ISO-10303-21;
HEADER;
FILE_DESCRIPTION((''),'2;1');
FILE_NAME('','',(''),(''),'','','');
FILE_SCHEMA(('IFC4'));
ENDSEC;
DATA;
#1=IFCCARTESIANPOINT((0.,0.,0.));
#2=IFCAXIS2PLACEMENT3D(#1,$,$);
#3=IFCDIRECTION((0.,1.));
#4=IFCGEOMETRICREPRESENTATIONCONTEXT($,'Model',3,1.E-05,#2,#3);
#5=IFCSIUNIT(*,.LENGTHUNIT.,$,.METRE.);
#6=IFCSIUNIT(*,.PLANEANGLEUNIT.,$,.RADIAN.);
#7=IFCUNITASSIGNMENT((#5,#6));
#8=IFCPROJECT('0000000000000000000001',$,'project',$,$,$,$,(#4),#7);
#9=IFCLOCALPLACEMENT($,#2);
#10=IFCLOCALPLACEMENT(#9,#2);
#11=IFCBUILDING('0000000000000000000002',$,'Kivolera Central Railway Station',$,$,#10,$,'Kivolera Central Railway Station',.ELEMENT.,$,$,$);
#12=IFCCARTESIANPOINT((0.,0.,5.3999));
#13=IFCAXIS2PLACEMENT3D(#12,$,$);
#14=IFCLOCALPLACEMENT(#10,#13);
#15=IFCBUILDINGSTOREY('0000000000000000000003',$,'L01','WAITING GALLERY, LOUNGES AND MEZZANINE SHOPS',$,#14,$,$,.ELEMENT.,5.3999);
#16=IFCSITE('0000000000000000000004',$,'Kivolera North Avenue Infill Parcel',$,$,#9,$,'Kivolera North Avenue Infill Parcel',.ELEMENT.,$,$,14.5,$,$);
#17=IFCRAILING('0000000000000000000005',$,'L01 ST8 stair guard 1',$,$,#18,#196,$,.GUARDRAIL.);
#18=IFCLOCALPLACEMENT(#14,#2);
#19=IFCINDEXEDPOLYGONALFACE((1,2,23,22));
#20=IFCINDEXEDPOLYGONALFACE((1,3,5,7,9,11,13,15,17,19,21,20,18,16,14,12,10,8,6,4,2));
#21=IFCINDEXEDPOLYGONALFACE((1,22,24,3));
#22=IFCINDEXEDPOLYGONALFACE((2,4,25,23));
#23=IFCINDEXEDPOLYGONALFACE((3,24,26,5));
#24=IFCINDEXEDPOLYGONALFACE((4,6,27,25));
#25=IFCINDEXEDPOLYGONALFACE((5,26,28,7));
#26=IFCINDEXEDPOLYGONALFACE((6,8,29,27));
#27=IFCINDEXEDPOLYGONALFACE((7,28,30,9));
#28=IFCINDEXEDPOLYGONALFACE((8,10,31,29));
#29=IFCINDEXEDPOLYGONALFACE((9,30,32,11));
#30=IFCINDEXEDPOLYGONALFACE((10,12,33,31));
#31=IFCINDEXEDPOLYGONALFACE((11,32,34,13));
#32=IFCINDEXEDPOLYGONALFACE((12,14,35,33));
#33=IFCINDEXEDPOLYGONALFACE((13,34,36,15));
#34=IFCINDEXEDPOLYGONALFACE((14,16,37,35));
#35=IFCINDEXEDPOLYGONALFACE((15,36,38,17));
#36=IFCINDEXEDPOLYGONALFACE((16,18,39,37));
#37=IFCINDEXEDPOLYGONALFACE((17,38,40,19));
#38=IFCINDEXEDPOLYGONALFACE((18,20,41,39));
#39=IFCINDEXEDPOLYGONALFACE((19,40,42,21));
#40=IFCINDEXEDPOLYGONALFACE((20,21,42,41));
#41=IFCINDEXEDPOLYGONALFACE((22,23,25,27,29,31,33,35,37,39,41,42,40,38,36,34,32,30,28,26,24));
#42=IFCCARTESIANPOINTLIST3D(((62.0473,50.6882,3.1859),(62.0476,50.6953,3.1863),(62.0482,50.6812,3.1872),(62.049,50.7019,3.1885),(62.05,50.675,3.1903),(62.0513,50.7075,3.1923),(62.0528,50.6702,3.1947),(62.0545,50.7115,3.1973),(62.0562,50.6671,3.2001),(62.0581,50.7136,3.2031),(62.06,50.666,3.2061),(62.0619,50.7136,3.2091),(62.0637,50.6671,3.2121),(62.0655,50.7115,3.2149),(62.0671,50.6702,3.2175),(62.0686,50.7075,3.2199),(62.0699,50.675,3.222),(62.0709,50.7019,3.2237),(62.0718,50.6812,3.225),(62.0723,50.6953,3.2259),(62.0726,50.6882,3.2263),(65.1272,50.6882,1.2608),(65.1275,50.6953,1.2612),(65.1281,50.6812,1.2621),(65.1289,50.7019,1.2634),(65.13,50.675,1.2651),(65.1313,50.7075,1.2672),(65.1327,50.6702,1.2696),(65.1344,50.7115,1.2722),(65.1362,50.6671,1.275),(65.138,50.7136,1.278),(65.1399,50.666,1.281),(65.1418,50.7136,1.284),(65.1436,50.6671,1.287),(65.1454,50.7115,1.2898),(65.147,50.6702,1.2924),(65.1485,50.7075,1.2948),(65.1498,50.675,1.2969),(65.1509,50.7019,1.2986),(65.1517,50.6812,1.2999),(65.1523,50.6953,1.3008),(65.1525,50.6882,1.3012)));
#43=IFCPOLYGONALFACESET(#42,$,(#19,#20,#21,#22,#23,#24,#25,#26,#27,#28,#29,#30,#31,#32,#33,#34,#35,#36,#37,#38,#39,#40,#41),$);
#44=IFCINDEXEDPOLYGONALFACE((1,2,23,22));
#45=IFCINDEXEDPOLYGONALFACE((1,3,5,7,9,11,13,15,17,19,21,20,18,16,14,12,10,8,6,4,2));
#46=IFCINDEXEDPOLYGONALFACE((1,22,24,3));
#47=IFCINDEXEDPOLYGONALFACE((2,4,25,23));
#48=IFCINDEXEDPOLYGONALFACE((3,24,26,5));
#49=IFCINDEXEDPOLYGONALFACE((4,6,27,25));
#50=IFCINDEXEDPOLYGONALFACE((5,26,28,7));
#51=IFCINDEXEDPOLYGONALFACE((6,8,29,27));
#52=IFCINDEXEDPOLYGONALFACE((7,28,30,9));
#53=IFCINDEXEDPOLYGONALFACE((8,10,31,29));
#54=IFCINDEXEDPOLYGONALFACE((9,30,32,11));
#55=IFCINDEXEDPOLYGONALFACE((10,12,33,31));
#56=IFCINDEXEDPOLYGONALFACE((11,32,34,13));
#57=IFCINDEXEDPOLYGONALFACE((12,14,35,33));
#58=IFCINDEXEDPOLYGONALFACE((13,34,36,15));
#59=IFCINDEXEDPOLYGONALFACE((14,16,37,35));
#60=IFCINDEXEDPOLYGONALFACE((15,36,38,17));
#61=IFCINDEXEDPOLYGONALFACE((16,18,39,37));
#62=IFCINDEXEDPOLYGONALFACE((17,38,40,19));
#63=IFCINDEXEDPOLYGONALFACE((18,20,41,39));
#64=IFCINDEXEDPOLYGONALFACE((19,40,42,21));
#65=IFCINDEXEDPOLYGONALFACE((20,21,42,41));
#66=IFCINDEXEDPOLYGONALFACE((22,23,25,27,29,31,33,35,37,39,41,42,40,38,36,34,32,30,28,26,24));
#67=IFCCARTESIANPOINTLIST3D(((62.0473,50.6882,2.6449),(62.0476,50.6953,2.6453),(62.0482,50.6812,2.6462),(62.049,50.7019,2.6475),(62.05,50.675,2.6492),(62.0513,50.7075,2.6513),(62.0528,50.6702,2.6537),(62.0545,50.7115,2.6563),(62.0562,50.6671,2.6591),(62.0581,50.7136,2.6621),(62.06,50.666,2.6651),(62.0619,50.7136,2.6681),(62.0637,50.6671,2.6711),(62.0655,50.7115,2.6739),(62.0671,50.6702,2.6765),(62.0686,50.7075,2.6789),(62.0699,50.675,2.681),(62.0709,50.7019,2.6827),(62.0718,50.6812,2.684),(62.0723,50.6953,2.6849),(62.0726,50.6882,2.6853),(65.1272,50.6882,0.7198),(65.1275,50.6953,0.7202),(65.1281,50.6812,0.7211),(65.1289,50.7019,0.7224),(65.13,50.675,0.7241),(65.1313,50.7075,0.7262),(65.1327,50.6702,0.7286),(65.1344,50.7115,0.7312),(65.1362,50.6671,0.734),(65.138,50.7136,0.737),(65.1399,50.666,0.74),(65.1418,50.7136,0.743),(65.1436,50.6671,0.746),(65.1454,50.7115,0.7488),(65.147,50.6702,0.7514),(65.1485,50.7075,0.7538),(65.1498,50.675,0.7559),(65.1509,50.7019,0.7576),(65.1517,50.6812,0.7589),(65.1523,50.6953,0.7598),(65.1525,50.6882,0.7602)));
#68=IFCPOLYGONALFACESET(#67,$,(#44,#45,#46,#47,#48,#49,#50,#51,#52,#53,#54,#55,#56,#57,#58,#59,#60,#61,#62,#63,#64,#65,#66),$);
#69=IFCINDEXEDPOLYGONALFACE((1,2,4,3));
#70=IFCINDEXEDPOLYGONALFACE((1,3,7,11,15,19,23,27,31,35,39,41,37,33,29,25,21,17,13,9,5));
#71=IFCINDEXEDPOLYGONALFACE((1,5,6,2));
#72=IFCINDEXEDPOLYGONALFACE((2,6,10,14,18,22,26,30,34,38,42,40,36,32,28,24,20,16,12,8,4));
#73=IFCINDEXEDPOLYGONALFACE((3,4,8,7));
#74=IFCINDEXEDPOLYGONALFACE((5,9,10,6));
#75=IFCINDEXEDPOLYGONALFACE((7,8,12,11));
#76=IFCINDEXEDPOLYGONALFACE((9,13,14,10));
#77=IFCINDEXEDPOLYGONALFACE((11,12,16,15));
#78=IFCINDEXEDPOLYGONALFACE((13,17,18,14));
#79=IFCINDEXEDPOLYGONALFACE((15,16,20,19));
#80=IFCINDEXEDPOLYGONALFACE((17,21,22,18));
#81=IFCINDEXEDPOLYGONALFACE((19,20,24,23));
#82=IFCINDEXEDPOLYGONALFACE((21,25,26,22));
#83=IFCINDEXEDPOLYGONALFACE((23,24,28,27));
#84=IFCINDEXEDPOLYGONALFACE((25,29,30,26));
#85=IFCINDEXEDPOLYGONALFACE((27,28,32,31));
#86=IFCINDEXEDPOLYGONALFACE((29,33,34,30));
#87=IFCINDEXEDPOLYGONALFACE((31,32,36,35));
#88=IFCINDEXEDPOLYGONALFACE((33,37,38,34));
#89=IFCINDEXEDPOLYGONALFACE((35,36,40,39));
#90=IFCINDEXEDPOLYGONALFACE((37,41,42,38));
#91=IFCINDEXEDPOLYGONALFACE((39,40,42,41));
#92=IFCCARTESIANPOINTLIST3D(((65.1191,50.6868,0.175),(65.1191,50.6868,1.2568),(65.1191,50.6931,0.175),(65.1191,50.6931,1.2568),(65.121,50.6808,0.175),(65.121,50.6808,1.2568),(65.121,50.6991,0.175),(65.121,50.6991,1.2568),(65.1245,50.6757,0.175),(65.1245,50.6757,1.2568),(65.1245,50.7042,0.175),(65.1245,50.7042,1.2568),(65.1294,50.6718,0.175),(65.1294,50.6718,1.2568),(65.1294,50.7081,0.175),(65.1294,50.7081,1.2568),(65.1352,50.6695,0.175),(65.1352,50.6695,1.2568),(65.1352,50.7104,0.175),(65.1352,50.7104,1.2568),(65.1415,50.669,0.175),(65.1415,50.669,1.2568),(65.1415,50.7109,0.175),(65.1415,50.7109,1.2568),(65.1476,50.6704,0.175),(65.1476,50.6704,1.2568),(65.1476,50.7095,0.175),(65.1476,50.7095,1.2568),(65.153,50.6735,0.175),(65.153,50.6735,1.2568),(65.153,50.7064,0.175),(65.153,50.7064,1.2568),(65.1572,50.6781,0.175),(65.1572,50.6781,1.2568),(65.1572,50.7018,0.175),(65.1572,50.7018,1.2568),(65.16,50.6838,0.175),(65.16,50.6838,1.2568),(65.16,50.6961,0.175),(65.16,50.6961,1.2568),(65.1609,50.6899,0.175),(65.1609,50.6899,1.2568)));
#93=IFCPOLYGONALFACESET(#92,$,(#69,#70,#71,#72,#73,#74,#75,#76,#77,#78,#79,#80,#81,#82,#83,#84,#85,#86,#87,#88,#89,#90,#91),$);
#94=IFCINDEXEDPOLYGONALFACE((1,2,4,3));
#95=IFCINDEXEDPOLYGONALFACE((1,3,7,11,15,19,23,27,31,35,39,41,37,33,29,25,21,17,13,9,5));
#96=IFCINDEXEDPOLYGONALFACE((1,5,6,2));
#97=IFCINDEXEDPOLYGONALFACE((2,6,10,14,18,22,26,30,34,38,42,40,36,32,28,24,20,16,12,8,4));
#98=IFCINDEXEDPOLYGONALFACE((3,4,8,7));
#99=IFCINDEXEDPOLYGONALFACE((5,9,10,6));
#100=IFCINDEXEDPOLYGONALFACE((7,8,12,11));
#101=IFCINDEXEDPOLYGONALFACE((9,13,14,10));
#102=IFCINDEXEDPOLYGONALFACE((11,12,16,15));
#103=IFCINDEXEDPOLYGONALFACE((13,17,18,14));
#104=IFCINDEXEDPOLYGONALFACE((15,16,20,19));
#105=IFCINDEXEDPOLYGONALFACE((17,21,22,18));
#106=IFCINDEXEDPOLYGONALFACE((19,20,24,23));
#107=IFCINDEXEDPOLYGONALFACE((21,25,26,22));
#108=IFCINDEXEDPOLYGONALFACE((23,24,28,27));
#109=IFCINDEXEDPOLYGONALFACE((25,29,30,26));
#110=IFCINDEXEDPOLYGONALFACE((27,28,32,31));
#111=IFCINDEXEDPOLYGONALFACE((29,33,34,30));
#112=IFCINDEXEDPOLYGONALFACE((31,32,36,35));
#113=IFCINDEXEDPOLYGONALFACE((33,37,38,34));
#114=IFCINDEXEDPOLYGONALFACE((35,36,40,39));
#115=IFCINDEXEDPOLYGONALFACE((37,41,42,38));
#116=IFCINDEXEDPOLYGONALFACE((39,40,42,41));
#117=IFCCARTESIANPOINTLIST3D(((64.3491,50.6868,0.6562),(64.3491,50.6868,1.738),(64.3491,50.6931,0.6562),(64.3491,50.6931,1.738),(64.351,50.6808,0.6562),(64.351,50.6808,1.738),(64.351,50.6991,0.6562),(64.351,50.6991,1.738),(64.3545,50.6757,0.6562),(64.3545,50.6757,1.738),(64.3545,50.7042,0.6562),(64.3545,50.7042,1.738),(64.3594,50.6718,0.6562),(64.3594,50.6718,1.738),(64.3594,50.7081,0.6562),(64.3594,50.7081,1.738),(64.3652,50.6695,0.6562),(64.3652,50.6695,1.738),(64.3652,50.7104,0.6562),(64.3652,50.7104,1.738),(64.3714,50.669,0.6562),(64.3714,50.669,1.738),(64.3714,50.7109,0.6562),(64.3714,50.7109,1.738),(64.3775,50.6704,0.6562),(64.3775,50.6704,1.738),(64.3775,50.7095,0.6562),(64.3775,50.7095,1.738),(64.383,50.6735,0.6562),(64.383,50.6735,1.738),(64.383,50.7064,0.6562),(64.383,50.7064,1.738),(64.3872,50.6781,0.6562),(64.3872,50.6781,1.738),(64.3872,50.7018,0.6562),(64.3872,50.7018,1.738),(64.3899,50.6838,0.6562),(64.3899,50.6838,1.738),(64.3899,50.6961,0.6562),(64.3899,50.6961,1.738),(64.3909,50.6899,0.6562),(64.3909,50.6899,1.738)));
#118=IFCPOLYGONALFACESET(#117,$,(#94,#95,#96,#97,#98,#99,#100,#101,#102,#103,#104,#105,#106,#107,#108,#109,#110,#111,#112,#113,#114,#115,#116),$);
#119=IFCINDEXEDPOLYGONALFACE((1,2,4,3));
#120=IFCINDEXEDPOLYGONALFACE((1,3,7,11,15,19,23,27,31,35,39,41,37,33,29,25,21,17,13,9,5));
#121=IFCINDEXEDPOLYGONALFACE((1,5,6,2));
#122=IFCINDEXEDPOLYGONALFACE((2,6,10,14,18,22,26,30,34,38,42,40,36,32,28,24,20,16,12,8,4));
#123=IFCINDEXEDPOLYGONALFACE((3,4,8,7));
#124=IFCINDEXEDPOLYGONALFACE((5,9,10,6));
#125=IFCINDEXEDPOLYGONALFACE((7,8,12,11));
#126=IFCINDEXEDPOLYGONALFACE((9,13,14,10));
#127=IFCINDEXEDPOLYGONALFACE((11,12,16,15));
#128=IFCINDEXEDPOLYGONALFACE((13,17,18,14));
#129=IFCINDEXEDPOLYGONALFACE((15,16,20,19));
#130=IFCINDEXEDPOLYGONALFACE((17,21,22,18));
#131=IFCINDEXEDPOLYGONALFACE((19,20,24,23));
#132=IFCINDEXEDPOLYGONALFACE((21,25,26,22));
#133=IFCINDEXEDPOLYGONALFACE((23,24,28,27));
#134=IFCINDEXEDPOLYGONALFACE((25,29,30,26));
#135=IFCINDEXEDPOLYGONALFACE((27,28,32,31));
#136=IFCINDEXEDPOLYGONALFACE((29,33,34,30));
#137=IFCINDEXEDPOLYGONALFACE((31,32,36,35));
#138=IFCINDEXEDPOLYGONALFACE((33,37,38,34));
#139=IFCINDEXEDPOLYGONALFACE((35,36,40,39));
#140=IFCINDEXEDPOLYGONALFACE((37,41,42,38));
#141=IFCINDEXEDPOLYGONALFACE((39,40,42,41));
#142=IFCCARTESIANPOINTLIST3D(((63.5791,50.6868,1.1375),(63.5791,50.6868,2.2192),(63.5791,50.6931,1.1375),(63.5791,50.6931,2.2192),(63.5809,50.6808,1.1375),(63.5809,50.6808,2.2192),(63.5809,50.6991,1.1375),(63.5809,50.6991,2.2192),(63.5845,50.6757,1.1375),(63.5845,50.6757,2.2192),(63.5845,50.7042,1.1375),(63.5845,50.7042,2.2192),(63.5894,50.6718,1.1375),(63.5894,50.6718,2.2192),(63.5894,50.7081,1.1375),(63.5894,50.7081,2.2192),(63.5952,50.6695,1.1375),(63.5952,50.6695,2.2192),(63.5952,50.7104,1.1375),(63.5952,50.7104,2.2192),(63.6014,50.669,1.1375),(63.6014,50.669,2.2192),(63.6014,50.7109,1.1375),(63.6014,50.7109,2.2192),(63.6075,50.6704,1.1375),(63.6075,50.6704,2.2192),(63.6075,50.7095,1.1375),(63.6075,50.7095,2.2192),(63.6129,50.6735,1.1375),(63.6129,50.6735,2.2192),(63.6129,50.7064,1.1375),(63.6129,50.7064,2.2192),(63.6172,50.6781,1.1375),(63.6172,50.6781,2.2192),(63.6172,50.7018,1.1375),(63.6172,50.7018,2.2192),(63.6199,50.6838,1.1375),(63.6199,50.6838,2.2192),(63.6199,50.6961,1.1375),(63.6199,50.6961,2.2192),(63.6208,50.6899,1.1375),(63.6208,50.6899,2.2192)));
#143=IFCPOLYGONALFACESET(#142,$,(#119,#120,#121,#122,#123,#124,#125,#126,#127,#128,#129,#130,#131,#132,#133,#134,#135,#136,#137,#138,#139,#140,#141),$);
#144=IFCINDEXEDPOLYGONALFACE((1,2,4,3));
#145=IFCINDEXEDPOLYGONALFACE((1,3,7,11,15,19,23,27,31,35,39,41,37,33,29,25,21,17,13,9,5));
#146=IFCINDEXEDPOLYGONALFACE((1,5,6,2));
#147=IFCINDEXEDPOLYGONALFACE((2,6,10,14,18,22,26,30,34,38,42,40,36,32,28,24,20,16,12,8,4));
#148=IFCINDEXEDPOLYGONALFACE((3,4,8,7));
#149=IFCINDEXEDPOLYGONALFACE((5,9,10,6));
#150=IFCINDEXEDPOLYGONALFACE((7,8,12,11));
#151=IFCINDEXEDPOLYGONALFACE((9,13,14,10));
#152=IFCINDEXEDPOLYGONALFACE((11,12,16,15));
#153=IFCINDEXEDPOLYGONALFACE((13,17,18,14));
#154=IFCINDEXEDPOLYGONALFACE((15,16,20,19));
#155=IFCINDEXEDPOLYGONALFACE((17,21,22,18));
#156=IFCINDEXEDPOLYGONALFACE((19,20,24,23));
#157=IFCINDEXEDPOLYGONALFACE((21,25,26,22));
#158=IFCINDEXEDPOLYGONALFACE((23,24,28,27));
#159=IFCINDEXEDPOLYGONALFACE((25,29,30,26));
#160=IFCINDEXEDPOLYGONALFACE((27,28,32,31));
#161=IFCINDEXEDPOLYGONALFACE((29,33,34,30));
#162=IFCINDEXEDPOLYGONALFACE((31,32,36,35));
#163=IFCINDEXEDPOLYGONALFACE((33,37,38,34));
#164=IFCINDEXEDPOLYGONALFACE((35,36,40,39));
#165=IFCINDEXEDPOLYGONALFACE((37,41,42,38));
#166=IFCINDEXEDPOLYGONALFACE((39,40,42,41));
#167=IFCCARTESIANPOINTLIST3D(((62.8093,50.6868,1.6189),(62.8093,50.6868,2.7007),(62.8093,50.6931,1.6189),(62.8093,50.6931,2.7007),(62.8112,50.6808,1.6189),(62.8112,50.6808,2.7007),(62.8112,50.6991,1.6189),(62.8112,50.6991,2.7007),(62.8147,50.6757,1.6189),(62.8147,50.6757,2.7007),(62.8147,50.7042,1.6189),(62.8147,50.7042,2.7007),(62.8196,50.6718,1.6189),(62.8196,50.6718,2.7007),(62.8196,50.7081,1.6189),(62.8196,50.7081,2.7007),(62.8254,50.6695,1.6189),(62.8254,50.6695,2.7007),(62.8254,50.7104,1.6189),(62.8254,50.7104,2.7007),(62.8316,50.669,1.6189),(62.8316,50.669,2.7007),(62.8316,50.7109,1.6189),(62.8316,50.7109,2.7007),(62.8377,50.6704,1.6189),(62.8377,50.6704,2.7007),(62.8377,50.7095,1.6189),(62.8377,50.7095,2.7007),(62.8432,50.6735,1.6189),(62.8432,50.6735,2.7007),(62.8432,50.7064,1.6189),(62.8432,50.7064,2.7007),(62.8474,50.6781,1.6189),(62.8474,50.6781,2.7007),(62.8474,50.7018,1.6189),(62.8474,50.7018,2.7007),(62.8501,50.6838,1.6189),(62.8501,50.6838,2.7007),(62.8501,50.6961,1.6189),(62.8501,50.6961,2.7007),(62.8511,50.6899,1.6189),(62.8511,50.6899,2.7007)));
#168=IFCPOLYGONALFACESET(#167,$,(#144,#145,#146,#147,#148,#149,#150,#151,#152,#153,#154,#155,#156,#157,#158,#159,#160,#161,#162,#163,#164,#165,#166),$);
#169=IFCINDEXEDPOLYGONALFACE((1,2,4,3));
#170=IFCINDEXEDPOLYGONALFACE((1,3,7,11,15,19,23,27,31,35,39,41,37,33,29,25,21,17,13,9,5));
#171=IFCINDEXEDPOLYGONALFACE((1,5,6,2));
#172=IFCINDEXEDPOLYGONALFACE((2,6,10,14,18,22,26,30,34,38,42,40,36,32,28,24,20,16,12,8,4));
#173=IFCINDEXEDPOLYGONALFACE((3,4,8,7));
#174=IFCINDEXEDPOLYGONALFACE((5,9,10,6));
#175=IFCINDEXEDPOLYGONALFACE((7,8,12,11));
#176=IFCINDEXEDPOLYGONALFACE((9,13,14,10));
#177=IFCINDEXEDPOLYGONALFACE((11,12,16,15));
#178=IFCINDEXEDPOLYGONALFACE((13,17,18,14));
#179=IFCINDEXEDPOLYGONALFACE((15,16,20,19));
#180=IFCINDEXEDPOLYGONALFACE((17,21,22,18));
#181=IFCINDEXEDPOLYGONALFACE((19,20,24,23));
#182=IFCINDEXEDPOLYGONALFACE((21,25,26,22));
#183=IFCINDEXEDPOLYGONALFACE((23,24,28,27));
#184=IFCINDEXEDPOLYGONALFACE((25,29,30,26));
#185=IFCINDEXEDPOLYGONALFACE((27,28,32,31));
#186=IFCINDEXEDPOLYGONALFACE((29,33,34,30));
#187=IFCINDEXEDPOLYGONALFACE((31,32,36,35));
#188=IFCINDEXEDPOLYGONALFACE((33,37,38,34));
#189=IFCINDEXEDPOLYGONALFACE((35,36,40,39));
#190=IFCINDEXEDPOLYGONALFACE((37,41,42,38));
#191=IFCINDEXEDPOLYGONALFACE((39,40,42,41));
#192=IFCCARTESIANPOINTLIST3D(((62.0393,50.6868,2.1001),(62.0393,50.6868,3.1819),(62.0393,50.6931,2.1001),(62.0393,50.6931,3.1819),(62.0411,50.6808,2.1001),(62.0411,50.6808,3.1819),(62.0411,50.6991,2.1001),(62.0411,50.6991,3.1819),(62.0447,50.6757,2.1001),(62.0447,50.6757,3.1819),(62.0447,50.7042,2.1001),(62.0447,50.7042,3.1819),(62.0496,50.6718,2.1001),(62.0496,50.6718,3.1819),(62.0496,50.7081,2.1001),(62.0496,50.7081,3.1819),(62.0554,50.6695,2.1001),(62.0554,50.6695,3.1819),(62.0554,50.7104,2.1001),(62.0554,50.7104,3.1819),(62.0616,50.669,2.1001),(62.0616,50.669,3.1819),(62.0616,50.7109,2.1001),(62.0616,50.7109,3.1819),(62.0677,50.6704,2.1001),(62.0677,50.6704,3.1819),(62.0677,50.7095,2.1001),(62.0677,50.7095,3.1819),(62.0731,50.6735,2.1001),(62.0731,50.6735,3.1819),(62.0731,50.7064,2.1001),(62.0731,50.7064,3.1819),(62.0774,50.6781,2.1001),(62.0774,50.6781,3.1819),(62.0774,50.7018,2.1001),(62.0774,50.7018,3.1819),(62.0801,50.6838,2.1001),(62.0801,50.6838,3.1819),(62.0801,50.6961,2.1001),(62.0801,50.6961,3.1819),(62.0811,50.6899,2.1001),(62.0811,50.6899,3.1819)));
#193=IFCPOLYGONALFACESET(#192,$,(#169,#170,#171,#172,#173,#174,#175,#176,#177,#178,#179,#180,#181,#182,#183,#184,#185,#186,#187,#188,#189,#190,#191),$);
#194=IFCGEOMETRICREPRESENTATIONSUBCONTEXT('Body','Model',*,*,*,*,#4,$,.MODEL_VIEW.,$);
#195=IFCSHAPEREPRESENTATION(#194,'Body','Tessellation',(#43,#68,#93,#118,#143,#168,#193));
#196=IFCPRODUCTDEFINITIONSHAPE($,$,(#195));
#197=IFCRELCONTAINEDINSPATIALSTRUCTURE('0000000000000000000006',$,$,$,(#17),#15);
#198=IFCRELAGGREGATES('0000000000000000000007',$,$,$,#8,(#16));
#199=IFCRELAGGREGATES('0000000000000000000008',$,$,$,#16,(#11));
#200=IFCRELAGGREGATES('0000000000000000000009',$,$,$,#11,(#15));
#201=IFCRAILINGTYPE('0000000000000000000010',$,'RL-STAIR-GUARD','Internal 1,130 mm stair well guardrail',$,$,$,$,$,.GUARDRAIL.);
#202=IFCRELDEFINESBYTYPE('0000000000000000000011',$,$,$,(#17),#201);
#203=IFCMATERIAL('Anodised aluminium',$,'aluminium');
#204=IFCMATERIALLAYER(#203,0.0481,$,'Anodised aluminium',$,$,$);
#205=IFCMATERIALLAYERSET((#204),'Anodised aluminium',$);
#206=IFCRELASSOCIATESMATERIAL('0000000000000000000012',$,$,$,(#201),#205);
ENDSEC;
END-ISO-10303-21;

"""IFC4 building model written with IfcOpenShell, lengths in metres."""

from ifc_helpers import new_model, si_unit, direction, frame, origin, origin_2d, place, context, subcontext, project, spatial, circle, extrude, material, layer, layer_set, type_object, element, save


model = new_model("IFC4")

# Units and contexts
model_context = context("Model", 3, precision=1e-05, world=origin(), true_north=direction((0.0, 1.0)))
body_context = subcontext(model_context, "Body", "Model", "MODEL_VIEW")
ifc_project = project(units=[si_unit("LENGTHUNIT", "METRE"), si_unit("PLANEANGLEUNIT", "RADIAN")], contexts=[model_context])

# Site, building, storey
site_placement = place(None, origin())
site = spatial("IfcSite", under=ifc_project, at=site_placement, Name="Kivolera North Avenue Infill Parcel", LongName="Kivolera North Avenue Infill Parcel", CompositionType="ELEMENT", RefElevation=14.5)
building_placement = place(site_placement, origin())
building = spatial("IfcBuilding", under=site, at=building_placement, Name="Kivolera Central Railway Station", LongName="Kivolera Central Railway Station", CompositionType="ELEMENT")
storey_placement = place(building_placement, frame((0.0, 0.0, 5.3999)))
storey = spatial("IfcBuildingStorey", under=building, at=storey_placement, Name="L01", Description="WAITING GALLERY, LOUNGES AND MEZZANINE SHOPS", CompositionType="ELEMENT", Elevation=5.3999)

# Shared definitions
ifc_material_1 = material(Name="Anodised aluminium", Category="aluminium")

# Railing
ifc_layer_1 = layer(ifc_material_1, 0.0481, Name="Anodised aluminium")
ifc_layer_set_1 = layer_set([ifc_layer_1], Name="Anodised aluminium")
railing_type_1 = type_object("IfcRailingType", Name="RL-STAIR-GUARD", Description="Internal 1,130 mm stair well guardrail", PredefinedType="GUARDRAIL", material=ifc_layer_set_1)
railing_1_placement = place(storey_placement, frame((65.1399, 50.6899, 0.175)))
element("IfcRailing", 1, at=railing_1_placement, inside=storey, type_object=railing_type_1, Name="L01 ST8 stair guard 1", PredefinedType="GUARDRAIL", context=body_context, shape_type="SweptSolid", body=[
    extrude(circle(Radius=0.0239, at=origin_2d()), frame((0.0, 0.0, 1.106), z_axis=(-0.847979, 0.0, 0.530029), x_axis=(0.0, -1.0, 0.0)), (0.0, 0.0, 1.0), 3.6321),
    extrude(circle(Radius=0.0239, at=origin_2d()), frame((0.0, 0.0, 0.5649), z_axis=(-0.847979, 0.0, 0.530029), x_axis=(0.0, -1.0, 0.0)), (0.0, 0.0, 1.0), 3.6321),
    extrude(circle(Radius=0.021, at=origin_2d()), origin(), (0.0, 0.0, 1.0), 1.0818),
    extrude(circle(Radius=0.021, at=origin_2d()), frame((-0.77, 0.0, 0.4812)), (0.0, 0.0, 1.0), 1.0818),
    extrude(circle(Radius=0.021, at=origin_2d()), frame((-1.54, 0.0, 0.9624)), (0.0, 0.0, 1.0), 1.0818),
    extrude(circle(Radius=0.021, at=origin_2d()), frame((-2.3098, 0.0, 1.4438)), (0.0, 0.0, 1.0), 1.0818),
    extrude(circle(Radius=0.021, at=origin_2d()), frame((-3.0798, 0.0, 1.925)), (0.0, 0.0, 1.0), 1.0818),
])

save(model, "model.ifc")
